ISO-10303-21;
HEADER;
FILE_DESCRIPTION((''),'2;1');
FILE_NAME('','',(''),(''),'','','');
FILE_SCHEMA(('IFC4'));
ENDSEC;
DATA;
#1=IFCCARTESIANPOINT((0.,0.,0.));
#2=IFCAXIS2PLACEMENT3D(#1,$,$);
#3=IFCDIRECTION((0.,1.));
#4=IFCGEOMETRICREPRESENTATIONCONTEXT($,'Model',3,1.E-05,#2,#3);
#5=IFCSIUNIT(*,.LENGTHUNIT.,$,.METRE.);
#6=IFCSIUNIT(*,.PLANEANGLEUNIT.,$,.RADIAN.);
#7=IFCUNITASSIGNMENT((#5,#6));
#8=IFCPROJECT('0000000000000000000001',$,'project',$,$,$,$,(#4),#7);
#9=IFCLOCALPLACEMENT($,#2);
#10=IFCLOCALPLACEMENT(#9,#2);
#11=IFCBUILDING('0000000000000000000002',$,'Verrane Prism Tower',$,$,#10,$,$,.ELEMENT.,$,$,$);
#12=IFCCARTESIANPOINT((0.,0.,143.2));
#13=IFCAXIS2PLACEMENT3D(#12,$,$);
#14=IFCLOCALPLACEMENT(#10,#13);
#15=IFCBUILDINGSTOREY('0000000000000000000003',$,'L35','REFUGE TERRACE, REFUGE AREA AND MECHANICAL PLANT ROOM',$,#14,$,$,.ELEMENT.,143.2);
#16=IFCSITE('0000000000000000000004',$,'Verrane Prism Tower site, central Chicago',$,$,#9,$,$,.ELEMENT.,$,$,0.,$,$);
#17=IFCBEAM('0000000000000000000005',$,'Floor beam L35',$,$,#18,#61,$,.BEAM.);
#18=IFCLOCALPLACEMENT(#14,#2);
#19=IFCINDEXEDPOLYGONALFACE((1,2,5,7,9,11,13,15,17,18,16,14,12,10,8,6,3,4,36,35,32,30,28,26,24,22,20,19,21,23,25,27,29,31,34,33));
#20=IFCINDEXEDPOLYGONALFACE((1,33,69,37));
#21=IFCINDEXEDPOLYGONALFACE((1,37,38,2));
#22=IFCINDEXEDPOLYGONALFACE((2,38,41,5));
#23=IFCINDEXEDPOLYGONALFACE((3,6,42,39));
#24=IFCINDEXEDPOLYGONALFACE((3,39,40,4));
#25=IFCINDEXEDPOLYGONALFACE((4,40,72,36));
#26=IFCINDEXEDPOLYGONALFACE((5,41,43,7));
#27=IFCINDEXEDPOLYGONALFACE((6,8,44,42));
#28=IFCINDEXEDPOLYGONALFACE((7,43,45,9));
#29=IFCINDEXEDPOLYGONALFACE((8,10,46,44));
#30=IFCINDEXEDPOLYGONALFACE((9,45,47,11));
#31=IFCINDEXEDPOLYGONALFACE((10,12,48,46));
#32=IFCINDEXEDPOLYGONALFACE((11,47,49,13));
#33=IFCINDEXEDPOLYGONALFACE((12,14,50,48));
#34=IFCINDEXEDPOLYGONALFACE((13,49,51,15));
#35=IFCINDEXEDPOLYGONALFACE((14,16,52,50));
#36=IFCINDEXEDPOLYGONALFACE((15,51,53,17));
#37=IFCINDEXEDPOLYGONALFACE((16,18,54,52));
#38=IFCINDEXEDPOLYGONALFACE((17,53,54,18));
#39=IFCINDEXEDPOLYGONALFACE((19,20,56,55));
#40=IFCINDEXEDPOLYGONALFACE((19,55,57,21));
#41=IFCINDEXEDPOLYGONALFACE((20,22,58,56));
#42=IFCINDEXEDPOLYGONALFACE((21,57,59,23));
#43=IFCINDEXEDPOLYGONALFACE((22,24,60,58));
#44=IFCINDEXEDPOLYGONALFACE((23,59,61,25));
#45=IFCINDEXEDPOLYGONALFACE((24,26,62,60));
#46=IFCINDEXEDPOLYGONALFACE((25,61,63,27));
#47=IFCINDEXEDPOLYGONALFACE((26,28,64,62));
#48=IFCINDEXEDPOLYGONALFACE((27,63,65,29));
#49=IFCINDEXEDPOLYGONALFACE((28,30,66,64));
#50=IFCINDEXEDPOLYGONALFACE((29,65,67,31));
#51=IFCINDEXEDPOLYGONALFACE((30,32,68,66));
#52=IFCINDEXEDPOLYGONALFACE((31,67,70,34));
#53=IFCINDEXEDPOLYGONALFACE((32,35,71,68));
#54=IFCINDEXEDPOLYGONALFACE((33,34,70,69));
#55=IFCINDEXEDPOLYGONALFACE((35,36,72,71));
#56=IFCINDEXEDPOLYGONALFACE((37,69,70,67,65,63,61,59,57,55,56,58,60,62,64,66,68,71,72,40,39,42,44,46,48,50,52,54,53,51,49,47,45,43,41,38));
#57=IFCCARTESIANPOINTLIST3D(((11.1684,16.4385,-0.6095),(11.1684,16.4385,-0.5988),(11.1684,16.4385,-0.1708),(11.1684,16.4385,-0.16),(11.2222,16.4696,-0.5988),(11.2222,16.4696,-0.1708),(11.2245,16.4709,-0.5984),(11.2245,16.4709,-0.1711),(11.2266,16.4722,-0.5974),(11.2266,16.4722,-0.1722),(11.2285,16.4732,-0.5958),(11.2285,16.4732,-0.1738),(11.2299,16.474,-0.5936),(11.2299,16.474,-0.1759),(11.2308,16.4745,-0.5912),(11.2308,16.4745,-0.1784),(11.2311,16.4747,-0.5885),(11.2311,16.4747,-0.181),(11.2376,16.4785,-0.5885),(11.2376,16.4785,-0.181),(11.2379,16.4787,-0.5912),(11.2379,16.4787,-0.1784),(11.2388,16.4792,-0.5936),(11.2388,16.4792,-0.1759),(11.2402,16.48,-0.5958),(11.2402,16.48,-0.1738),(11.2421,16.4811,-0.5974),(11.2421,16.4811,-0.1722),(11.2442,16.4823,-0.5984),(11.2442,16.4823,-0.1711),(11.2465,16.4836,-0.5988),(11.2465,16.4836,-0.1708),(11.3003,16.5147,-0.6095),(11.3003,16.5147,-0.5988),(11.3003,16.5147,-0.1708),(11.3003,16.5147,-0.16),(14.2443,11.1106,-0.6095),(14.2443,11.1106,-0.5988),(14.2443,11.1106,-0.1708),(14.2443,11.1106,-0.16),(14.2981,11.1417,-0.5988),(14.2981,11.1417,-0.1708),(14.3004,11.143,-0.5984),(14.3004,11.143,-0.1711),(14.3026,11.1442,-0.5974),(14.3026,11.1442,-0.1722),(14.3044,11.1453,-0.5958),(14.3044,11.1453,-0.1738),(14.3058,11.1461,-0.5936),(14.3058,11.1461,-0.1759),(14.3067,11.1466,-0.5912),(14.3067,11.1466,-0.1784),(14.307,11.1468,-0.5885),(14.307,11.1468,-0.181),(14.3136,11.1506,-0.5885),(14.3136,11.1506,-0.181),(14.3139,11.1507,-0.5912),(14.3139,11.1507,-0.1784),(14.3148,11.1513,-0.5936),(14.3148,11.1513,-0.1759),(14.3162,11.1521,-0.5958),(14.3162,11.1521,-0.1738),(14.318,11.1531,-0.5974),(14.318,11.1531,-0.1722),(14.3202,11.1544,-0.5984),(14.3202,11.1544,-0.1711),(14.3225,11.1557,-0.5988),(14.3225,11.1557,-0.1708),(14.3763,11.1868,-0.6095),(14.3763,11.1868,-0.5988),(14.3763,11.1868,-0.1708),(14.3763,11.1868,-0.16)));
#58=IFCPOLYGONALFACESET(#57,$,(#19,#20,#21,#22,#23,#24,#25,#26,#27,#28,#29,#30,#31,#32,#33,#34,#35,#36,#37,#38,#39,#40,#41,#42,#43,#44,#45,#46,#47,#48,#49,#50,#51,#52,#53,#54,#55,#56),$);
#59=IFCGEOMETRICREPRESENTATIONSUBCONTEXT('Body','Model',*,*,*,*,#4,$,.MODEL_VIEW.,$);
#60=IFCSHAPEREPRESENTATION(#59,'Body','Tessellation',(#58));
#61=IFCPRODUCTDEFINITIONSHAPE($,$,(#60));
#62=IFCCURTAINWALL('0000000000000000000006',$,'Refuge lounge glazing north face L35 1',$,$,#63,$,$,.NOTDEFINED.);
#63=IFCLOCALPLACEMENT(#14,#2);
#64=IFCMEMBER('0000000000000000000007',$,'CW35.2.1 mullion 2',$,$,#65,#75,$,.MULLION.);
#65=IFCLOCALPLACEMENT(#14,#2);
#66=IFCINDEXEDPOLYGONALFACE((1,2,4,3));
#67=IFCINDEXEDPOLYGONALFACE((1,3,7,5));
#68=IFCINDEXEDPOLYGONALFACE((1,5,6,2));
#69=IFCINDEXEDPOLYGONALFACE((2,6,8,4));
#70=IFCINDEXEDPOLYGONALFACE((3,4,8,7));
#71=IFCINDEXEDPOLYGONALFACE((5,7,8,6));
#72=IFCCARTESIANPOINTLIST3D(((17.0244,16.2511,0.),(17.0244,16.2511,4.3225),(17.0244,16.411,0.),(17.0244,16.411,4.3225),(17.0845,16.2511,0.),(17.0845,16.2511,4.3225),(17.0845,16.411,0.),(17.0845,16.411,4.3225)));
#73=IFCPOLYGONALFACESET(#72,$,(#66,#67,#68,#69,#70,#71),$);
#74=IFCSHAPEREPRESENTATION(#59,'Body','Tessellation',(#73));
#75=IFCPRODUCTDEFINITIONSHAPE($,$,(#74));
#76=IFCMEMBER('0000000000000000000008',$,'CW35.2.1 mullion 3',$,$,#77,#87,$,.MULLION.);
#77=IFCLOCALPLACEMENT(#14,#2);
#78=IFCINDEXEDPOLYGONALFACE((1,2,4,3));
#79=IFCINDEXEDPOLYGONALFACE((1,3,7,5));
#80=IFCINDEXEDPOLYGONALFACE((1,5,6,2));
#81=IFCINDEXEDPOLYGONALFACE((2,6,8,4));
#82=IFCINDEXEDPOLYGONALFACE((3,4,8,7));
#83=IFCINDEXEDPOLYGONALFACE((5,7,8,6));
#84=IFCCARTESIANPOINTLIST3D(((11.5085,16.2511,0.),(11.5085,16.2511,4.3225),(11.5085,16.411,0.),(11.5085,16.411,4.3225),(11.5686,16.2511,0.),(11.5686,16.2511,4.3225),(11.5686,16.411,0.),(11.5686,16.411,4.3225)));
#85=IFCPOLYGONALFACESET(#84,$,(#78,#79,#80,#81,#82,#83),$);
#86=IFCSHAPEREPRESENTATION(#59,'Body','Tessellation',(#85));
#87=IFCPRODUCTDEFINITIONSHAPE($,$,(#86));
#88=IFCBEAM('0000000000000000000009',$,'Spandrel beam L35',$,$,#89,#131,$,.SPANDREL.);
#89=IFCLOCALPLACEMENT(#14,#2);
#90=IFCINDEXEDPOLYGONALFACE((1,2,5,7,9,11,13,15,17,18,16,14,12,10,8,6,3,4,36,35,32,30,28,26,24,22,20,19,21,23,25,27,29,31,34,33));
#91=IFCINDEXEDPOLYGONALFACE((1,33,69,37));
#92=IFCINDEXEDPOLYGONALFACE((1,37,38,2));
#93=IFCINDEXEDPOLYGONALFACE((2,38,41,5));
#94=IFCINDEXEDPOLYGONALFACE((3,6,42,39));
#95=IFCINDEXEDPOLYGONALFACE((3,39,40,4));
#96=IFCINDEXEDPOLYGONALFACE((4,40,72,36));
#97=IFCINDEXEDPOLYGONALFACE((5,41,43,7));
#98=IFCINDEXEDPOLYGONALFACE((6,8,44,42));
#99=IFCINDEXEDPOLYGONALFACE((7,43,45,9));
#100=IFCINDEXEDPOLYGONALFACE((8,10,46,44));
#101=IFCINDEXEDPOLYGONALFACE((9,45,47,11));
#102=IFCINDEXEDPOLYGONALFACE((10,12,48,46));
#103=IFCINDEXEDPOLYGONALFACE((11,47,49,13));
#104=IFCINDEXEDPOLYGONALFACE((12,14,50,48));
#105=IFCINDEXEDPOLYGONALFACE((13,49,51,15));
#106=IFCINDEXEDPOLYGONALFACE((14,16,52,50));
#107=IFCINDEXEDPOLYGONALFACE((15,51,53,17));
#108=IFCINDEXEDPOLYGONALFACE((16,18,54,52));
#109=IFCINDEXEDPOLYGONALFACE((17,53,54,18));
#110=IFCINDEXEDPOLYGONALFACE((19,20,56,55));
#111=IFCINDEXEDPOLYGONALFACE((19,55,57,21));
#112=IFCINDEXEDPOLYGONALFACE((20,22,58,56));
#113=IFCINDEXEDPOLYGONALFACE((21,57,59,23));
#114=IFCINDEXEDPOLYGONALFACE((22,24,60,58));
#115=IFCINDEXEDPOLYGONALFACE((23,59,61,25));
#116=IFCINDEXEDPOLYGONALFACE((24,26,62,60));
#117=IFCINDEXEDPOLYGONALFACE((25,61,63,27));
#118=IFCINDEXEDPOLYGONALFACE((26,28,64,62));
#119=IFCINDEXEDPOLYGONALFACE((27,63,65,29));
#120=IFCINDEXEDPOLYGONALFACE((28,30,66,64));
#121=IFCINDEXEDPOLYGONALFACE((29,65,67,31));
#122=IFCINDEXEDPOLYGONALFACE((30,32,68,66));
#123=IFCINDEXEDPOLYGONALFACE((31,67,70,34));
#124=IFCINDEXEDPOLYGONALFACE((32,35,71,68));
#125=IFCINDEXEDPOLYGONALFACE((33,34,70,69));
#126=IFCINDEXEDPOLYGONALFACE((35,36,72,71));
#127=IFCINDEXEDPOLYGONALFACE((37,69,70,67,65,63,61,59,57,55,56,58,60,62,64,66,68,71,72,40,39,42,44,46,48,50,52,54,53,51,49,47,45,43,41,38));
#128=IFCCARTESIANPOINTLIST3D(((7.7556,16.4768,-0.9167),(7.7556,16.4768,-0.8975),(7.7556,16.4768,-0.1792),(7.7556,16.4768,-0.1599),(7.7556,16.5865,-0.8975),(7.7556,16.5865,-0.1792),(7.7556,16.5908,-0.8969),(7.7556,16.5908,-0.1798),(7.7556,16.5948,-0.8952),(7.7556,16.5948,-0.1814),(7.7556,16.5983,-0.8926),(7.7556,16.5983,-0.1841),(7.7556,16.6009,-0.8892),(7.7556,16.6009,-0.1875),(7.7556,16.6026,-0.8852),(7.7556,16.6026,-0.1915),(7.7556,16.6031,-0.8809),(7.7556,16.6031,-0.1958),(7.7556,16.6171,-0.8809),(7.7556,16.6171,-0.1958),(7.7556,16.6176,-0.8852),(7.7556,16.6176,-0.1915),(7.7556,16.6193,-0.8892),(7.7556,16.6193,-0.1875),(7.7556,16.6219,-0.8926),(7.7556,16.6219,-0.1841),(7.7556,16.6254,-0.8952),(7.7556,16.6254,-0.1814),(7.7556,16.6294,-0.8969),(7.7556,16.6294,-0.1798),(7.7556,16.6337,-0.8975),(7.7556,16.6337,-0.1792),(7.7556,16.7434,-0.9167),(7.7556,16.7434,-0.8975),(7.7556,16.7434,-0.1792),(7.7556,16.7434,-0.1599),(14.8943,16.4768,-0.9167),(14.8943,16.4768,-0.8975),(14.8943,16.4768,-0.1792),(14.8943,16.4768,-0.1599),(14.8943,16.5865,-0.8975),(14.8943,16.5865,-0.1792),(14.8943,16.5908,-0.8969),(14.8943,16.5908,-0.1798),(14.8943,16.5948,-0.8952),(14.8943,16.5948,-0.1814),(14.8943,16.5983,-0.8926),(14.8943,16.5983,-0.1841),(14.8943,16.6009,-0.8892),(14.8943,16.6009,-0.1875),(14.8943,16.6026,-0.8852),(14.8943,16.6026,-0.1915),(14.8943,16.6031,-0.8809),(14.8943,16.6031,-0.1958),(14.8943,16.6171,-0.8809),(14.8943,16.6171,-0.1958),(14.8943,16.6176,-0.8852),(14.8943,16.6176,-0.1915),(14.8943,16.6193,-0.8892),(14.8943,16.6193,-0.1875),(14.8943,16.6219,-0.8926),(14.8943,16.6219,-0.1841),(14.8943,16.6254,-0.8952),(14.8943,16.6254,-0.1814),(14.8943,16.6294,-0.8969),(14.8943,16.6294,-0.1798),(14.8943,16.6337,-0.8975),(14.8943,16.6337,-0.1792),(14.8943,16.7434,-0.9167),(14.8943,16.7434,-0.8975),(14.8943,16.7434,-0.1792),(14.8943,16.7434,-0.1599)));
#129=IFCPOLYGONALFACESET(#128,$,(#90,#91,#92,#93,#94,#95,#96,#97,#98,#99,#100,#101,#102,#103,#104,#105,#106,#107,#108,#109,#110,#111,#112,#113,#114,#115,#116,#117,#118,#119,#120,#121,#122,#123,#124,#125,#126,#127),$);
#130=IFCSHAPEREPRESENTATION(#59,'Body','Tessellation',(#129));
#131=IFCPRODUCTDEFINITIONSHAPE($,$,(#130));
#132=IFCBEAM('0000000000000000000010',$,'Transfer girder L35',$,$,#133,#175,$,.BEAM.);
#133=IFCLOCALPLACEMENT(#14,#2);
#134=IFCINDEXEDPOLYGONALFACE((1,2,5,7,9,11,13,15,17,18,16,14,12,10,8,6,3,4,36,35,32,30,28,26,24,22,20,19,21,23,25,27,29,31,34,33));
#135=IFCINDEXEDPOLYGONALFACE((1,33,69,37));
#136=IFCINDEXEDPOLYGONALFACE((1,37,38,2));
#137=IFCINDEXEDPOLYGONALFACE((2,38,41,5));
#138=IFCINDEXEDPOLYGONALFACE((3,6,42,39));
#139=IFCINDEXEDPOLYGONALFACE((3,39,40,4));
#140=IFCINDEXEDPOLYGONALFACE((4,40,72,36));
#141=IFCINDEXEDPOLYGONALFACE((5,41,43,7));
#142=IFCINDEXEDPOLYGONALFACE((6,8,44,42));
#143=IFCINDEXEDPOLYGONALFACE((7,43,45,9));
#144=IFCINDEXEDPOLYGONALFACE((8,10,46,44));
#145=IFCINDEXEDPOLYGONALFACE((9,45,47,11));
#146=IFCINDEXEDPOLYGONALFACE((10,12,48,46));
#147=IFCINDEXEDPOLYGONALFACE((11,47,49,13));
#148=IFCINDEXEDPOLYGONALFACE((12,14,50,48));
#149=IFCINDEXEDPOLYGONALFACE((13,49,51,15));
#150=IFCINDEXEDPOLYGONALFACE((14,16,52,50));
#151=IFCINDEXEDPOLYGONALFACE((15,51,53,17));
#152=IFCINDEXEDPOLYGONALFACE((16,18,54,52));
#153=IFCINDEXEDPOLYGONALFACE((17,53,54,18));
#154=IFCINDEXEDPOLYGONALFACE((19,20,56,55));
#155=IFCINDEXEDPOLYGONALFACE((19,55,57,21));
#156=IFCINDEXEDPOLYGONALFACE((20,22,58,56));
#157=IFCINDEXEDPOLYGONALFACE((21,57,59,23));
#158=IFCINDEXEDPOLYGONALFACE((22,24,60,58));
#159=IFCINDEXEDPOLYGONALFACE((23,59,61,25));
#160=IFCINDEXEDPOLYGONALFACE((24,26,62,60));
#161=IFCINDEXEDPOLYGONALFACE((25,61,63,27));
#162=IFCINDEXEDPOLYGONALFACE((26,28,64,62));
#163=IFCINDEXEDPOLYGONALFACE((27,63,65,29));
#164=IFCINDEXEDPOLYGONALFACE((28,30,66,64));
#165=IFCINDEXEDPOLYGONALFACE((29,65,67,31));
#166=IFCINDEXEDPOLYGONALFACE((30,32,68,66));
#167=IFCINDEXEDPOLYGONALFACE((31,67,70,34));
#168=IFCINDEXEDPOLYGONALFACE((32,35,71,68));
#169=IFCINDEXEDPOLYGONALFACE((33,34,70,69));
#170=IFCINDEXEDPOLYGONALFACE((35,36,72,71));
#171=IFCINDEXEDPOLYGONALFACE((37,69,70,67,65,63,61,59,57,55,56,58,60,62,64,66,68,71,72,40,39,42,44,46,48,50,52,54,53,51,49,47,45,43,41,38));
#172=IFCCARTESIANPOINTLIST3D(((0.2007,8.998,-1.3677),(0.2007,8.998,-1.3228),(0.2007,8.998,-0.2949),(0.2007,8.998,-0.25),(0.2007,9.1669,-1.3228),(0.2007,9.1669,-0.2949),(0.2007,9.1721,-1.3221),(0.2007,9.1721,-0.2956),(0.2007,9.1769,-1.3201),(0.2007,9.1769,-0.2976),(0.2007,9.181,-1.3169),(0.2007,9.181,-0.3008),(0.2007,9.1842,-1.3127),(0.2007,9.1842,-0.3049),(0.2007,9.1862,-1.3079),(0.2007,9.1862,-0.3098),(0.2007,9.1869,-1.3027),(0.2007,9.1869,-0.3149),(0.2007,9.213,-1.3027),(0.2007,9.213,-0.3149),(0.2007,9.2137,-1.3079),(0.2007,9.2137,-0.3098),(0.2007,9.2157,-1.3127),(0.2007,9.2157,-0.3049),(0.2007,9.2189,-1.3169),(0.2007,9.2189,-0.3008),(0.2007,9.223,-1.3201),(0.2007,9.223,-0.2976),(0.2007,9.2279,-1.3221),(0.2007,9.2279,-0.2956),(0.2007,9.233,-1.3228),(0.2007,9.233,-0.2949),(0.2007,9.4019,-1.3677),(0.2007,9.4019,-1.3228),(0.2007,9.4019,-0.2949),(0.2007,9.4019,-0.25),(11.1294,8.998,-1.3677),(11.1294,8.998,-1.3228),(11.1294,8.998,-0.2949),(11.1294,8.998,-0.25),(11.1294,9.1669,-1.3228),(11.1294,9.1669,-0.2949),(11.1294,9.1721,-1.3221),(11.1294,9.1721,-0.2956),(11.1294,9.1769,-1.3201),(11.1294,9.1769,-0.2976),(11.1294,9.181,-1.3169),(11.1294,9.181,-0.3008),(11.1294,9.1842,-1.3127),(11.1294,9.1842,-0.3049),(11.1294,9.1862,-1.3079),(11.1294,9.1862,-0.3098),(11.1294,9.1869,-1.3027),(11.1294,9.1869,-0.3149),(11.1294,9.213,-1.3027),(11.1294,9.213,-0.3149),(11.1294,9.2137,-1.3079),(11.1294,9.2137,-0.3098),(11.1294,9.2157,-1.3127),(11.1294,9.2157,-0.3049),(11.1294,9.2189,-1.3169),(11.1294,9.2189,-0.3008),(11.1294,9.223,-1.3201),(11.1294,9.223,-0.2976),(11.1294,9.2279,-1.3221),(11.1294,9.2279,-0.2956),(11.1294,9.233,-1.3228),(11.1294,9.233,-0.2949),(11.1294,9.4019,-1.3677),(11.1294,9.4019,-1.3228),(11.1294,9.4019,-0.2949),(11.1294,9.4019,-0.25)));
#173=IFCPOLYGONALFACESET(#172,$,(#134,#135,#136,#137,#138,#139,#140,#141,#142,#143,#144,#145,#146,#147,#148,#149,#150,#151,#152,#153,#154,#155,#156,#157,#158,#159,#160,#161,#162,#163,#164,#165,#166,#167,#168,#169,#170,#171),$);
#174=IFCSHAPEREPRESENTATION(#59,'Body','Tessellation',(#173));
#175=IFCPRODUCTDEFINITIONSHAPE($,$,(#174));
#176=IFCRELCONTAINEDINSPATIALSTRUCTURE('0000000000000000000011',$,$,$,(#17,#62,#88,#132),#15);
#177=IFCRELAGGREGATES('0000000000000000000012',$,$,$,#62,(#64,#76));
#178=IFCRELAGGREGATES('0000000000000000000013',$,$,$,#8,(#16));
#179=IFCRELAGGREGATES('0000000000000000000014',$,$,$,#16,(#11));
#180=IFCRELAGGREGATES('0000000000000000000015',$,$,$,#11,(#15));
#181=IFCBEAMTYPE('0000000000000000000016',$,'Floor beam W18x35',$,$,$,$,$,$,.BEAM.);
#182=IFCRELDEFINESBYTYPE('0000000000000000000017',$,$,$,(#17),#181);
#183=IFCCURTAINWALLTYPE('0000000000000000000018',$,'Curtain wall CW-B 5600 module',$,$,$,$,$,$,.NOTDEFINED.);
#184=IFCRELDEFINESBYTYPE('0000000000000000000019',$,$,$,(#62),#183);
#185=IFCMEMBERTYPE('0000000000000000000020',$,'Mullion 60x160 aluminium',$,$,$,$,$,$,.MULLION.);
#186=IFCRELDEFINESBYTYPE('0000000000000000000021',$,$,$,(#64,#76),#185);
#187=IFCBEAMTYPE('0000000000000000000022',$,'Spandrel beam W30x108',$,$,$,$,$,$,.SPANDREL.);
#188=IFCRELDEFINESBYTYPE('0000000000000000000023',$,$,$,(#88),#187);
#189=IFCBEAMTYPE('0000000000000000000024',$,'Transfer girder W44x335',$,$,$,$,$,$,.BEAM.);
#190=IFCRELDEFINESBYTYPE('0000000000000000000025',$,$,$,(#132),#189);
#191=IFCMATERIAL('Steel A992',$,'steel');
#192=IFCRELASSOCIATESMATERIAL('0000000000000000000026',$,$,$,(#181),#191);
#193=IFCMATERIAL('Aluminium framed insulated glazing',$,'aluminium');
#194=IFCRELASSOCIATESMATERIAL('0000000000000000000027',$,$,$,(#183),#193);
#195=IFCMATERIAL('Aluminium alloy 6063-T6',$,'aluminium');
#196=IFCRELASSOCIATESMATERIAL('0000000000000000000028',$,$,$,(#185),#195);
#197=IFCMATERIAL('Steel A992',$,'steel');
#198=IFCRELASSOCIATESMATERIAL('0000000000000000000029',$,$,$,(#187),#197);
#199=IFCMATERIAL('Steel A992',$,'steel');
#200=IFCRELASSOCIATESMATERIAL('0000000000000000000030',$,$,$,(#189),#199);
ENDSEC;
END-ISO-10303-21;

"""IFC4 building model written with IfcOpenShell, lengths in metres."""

from ifc_helpers import new_model, si_unit, direction, frame, origin, origin_2d, place, context, subcontext, project, spatial, rectangle, i_section, extrude, material, material_profile, profile_set, type_object, element, aggregate, save


model = new_model("IFC4")

# Units and contexts
model_context = context("Model", 3, precision=1e-05, world=origin(), true_north=direction((0.0, 1.0)))
body_context = subcontext(model_context, "Body", "Model", "MODEL_VIEW")
ifc_project = project(units=[si_unit("LENGTHUNIT", "METRE"), si_unit("PLANEANGLEUNIT", "RADIAN")], contexts=[model_context])

# Site, building, storey
site_placement = place(None, origin())
site = spatial("IfcSite", under=ifc_project, at=site_placement, Name="Verrane Prism Tower site, central Chicago", CompositionType="ELEMENT", RefElevation=0.0)
building_placement = place(site_placement, origin())
building = spatial("IfcBuilding", under=site, at=building_placement, Name="Verrane Prism Tower", CompositionType="ELEMENT")
storey_placement = place(building_placement, frame((0.0, 0.0, 143.2)))
storey = spatial("IfcBuildingStorey", under=building, at=storey_placement, Name="L35", Description="REFUGE TERRACE, REFUGE AREA AND MECHANICAL PLANT ROOM", CompositionType="ELEMENT", Elevation=143.2)

# Beam
ifc_material_1 = material(Name="Steel A992", Category="steel")
ifc_material_profile_1 = material_profile(ifc_material_1, i_section(OverallWidth=0.1523, OverallDepth=0.4495, WebThickness=0.0076, FlangeThickness=0.0107, FilletRadius=0.0103, at=origin_2d()), Name="W18x35")
ifc_profile_set_1 = profile_set([ifc_material_profile_1], Name="Steel A992")
beam_type_1 = type_object("IfcBeamType", Name="Floor beam W18x35", PredefinedType="BEAM", material=ifc_profile_set_1)
beam_1_placement = place(storey_placement, frame((14.3103, 11.1487, -0.3848), z_axis=(-0.499985, 0.866034, 0.0), x_axis=(-0.866034, -0.499985, 0.0)))
element("IfcBeam", 1, at=beam_1_placement, inside=storey, type_object=beam_type_1, Name="Floor beam L35", PredefinedType="BEAM", context=body_context, shape_type="SweptSolid", body=[
    extrude(i_section(OverallWidth=0.1523, OverallDepth=0.4495, WebThickness=0.0076, FlangeThickness=0.0107, FilletRadius=0.0103, at=origin_2d()), origin(), (0.0, 0.0, 1.0), 6.1521),
])

# Curtain wall, members
ifc_material_2 = material(Name="Aluminium framed insulated glazing", Category="aluminium")
curtain_wall_type = type_object("IfcCurtainWallType", Name="Curtain wall CW-B 5600 module", PredefinedType="NOTDEFINED", material=ifc_material_2)
curtain_wall_placement = place(storey_placement, origin())
curtain_wall = element("IfcCurtainWall", 2, at=curtain_wall_placement, inside=storey, type_object=curtain_wall_type, Name="Refuge lounge glazing north face L35 1", PredefinedType="NOTDEFINED")
ifc_material_3 = material(Name="Aluminium alloy 6063-T6", Category="aluminium")
ifc_material_profile_2 = material_profile(ifc_material_3, rectangle(XDim=0.1599, YDim=0.0601, at=origin_2d()), Name="Mullion 60x160 aluminium")
ifc_profile_set_2 = profile_set([ifc_material_profile_2], Name="Aluminium alloy 6063-T6")
member_type_1 = type_object("IfcMemberType", Name="Mullion 60x160 aluminium", PredefinedType="MULLION", material=ifc_profile_set_2)
member_1_placement = place(storey_placement, frame((17.0544, 16.3311, 0.0), z_axis=(0.0, 0.0, 1.0), x_axis=(0.0, -1.0, 0.0)))
member_1 = element("IfcMember", 3, at=member_1_placement, type_object=member_type_1, Name="CW35.2.1 mullion 2", PredefinedType="MULLION", context=body_context, shape_type="SweptSolid", body=[
    extrude(rectangle(XDim=0.1599, YDim=0.0601, at=origin_2d()), origin(), (0.0, 0.0, 1.0), 4.3225),
])
member_2_placement = place(storey_placement, frame((11.5386, 16.3311, 0.0), z_axis=(0.0, 0.0, 1.0), x_axis=(0.0, -1.0, 0.0)))
member_2 = element("IfcMember", 4, at=member_2_placement, type_object=member_type_1, Name="CW35.2.1 mullion 3", PredefinedType="MULLION", context=body_context, shape_type="SweptSolid", body=[
    extrude(rectangle(XDim=0.1599, YDim=0.0601, at=origin_2d()), origin(), (0.0, 0.0, 1.0), 4.3225),
])

# Beams
ifc_material_4 = material(Name="Steel A992", Category="steel")
ifc_material_profile_3 = material_profile(ifc_material_4, i_section(OverallWidth=0.2666, OverallDepth=0.7568, WebThickness=0.0139, FlangeThickness=0.0193, FilletRadius=0.0166, at=origin_2d()), Name="W30x108")
ifc_profile_set_3 = profile_set([ifc_material_profile_3], Name="Steel A992")
beam_type_2 = type_object("IfcBeamType", Name="Spandrel beam W30x108", PredefinedType="SPANDREL", material=ifc_profile_set_3)
beam_2_placement = place(storey_placement, frame((14.8943, 16.6101, -0.5383), z_axis=(-1.0, 0.0, 0.0), x_axis=(0.0, -1.0, 0.0)))
element("IfcBeam", 5, at=beam_2_placement, inside=storey, type_object=beam_type_2, Name="Spandrel beam L35", PredefinedType="SPANDREL", context=body_context, shape_type="SweptSolid", body=[
    extrude(i_section(OverallWidth=0.2666, OverallDepth=0.7568, WebThickness=0.0139, FlangeThickness=0.0193, FilletRadius=0.0166, at=origin_2d()), origin(), (0.0, 0.0, 1.0), 7.1387),
])
ifc_material_5 = material(Name="Steel A992", Category="steel")
ifc_material_profile_4 = material_profile(ifc_material_5, i_section(OverallWidth=0.4038, OverallDepth=1.1177, WebThickness=0.0261, FlangeThickness=0.0449, FilletRadius=0.02, at=origin_2d()), Name="W44x335")
ifc_profile_set_4 = profile_set([ifc_material_profile_4], Name="Steel A992")
beam_type_3 = type_object("IfcBeamType", Name="Transfer girder W44x335", PredefinedType="BEAM", material=ifc_profile_set_4)
beam_3_placement = place(storey_placement, frame((11.1294, 9.2, -0.8088), z_axis=(-1.0, 0.0, 0.0), x_axis=(0.0, -1.0, 0.0)))
element("IfcBeam", 6, at=beam_3_placement, inside=storey, type_object=beam_type_3, Name="Transfer girder L35", PredefinedType="BEAM", context=body_context, shape_type="SweptSolid", body=[
    extrude(i_section(OverallWidth=0.4038, OverallDepth=1.1177, WebThickness=0.0261, FlangeThickness=0.0449, FilletRadius=0.02, at=origin_2d()), origin(), (0.0, 0.0, 1.0), 10.9287),
])

aggregate(curtain_wall, [member_1, member_2])

save(model, "model.ifc")
